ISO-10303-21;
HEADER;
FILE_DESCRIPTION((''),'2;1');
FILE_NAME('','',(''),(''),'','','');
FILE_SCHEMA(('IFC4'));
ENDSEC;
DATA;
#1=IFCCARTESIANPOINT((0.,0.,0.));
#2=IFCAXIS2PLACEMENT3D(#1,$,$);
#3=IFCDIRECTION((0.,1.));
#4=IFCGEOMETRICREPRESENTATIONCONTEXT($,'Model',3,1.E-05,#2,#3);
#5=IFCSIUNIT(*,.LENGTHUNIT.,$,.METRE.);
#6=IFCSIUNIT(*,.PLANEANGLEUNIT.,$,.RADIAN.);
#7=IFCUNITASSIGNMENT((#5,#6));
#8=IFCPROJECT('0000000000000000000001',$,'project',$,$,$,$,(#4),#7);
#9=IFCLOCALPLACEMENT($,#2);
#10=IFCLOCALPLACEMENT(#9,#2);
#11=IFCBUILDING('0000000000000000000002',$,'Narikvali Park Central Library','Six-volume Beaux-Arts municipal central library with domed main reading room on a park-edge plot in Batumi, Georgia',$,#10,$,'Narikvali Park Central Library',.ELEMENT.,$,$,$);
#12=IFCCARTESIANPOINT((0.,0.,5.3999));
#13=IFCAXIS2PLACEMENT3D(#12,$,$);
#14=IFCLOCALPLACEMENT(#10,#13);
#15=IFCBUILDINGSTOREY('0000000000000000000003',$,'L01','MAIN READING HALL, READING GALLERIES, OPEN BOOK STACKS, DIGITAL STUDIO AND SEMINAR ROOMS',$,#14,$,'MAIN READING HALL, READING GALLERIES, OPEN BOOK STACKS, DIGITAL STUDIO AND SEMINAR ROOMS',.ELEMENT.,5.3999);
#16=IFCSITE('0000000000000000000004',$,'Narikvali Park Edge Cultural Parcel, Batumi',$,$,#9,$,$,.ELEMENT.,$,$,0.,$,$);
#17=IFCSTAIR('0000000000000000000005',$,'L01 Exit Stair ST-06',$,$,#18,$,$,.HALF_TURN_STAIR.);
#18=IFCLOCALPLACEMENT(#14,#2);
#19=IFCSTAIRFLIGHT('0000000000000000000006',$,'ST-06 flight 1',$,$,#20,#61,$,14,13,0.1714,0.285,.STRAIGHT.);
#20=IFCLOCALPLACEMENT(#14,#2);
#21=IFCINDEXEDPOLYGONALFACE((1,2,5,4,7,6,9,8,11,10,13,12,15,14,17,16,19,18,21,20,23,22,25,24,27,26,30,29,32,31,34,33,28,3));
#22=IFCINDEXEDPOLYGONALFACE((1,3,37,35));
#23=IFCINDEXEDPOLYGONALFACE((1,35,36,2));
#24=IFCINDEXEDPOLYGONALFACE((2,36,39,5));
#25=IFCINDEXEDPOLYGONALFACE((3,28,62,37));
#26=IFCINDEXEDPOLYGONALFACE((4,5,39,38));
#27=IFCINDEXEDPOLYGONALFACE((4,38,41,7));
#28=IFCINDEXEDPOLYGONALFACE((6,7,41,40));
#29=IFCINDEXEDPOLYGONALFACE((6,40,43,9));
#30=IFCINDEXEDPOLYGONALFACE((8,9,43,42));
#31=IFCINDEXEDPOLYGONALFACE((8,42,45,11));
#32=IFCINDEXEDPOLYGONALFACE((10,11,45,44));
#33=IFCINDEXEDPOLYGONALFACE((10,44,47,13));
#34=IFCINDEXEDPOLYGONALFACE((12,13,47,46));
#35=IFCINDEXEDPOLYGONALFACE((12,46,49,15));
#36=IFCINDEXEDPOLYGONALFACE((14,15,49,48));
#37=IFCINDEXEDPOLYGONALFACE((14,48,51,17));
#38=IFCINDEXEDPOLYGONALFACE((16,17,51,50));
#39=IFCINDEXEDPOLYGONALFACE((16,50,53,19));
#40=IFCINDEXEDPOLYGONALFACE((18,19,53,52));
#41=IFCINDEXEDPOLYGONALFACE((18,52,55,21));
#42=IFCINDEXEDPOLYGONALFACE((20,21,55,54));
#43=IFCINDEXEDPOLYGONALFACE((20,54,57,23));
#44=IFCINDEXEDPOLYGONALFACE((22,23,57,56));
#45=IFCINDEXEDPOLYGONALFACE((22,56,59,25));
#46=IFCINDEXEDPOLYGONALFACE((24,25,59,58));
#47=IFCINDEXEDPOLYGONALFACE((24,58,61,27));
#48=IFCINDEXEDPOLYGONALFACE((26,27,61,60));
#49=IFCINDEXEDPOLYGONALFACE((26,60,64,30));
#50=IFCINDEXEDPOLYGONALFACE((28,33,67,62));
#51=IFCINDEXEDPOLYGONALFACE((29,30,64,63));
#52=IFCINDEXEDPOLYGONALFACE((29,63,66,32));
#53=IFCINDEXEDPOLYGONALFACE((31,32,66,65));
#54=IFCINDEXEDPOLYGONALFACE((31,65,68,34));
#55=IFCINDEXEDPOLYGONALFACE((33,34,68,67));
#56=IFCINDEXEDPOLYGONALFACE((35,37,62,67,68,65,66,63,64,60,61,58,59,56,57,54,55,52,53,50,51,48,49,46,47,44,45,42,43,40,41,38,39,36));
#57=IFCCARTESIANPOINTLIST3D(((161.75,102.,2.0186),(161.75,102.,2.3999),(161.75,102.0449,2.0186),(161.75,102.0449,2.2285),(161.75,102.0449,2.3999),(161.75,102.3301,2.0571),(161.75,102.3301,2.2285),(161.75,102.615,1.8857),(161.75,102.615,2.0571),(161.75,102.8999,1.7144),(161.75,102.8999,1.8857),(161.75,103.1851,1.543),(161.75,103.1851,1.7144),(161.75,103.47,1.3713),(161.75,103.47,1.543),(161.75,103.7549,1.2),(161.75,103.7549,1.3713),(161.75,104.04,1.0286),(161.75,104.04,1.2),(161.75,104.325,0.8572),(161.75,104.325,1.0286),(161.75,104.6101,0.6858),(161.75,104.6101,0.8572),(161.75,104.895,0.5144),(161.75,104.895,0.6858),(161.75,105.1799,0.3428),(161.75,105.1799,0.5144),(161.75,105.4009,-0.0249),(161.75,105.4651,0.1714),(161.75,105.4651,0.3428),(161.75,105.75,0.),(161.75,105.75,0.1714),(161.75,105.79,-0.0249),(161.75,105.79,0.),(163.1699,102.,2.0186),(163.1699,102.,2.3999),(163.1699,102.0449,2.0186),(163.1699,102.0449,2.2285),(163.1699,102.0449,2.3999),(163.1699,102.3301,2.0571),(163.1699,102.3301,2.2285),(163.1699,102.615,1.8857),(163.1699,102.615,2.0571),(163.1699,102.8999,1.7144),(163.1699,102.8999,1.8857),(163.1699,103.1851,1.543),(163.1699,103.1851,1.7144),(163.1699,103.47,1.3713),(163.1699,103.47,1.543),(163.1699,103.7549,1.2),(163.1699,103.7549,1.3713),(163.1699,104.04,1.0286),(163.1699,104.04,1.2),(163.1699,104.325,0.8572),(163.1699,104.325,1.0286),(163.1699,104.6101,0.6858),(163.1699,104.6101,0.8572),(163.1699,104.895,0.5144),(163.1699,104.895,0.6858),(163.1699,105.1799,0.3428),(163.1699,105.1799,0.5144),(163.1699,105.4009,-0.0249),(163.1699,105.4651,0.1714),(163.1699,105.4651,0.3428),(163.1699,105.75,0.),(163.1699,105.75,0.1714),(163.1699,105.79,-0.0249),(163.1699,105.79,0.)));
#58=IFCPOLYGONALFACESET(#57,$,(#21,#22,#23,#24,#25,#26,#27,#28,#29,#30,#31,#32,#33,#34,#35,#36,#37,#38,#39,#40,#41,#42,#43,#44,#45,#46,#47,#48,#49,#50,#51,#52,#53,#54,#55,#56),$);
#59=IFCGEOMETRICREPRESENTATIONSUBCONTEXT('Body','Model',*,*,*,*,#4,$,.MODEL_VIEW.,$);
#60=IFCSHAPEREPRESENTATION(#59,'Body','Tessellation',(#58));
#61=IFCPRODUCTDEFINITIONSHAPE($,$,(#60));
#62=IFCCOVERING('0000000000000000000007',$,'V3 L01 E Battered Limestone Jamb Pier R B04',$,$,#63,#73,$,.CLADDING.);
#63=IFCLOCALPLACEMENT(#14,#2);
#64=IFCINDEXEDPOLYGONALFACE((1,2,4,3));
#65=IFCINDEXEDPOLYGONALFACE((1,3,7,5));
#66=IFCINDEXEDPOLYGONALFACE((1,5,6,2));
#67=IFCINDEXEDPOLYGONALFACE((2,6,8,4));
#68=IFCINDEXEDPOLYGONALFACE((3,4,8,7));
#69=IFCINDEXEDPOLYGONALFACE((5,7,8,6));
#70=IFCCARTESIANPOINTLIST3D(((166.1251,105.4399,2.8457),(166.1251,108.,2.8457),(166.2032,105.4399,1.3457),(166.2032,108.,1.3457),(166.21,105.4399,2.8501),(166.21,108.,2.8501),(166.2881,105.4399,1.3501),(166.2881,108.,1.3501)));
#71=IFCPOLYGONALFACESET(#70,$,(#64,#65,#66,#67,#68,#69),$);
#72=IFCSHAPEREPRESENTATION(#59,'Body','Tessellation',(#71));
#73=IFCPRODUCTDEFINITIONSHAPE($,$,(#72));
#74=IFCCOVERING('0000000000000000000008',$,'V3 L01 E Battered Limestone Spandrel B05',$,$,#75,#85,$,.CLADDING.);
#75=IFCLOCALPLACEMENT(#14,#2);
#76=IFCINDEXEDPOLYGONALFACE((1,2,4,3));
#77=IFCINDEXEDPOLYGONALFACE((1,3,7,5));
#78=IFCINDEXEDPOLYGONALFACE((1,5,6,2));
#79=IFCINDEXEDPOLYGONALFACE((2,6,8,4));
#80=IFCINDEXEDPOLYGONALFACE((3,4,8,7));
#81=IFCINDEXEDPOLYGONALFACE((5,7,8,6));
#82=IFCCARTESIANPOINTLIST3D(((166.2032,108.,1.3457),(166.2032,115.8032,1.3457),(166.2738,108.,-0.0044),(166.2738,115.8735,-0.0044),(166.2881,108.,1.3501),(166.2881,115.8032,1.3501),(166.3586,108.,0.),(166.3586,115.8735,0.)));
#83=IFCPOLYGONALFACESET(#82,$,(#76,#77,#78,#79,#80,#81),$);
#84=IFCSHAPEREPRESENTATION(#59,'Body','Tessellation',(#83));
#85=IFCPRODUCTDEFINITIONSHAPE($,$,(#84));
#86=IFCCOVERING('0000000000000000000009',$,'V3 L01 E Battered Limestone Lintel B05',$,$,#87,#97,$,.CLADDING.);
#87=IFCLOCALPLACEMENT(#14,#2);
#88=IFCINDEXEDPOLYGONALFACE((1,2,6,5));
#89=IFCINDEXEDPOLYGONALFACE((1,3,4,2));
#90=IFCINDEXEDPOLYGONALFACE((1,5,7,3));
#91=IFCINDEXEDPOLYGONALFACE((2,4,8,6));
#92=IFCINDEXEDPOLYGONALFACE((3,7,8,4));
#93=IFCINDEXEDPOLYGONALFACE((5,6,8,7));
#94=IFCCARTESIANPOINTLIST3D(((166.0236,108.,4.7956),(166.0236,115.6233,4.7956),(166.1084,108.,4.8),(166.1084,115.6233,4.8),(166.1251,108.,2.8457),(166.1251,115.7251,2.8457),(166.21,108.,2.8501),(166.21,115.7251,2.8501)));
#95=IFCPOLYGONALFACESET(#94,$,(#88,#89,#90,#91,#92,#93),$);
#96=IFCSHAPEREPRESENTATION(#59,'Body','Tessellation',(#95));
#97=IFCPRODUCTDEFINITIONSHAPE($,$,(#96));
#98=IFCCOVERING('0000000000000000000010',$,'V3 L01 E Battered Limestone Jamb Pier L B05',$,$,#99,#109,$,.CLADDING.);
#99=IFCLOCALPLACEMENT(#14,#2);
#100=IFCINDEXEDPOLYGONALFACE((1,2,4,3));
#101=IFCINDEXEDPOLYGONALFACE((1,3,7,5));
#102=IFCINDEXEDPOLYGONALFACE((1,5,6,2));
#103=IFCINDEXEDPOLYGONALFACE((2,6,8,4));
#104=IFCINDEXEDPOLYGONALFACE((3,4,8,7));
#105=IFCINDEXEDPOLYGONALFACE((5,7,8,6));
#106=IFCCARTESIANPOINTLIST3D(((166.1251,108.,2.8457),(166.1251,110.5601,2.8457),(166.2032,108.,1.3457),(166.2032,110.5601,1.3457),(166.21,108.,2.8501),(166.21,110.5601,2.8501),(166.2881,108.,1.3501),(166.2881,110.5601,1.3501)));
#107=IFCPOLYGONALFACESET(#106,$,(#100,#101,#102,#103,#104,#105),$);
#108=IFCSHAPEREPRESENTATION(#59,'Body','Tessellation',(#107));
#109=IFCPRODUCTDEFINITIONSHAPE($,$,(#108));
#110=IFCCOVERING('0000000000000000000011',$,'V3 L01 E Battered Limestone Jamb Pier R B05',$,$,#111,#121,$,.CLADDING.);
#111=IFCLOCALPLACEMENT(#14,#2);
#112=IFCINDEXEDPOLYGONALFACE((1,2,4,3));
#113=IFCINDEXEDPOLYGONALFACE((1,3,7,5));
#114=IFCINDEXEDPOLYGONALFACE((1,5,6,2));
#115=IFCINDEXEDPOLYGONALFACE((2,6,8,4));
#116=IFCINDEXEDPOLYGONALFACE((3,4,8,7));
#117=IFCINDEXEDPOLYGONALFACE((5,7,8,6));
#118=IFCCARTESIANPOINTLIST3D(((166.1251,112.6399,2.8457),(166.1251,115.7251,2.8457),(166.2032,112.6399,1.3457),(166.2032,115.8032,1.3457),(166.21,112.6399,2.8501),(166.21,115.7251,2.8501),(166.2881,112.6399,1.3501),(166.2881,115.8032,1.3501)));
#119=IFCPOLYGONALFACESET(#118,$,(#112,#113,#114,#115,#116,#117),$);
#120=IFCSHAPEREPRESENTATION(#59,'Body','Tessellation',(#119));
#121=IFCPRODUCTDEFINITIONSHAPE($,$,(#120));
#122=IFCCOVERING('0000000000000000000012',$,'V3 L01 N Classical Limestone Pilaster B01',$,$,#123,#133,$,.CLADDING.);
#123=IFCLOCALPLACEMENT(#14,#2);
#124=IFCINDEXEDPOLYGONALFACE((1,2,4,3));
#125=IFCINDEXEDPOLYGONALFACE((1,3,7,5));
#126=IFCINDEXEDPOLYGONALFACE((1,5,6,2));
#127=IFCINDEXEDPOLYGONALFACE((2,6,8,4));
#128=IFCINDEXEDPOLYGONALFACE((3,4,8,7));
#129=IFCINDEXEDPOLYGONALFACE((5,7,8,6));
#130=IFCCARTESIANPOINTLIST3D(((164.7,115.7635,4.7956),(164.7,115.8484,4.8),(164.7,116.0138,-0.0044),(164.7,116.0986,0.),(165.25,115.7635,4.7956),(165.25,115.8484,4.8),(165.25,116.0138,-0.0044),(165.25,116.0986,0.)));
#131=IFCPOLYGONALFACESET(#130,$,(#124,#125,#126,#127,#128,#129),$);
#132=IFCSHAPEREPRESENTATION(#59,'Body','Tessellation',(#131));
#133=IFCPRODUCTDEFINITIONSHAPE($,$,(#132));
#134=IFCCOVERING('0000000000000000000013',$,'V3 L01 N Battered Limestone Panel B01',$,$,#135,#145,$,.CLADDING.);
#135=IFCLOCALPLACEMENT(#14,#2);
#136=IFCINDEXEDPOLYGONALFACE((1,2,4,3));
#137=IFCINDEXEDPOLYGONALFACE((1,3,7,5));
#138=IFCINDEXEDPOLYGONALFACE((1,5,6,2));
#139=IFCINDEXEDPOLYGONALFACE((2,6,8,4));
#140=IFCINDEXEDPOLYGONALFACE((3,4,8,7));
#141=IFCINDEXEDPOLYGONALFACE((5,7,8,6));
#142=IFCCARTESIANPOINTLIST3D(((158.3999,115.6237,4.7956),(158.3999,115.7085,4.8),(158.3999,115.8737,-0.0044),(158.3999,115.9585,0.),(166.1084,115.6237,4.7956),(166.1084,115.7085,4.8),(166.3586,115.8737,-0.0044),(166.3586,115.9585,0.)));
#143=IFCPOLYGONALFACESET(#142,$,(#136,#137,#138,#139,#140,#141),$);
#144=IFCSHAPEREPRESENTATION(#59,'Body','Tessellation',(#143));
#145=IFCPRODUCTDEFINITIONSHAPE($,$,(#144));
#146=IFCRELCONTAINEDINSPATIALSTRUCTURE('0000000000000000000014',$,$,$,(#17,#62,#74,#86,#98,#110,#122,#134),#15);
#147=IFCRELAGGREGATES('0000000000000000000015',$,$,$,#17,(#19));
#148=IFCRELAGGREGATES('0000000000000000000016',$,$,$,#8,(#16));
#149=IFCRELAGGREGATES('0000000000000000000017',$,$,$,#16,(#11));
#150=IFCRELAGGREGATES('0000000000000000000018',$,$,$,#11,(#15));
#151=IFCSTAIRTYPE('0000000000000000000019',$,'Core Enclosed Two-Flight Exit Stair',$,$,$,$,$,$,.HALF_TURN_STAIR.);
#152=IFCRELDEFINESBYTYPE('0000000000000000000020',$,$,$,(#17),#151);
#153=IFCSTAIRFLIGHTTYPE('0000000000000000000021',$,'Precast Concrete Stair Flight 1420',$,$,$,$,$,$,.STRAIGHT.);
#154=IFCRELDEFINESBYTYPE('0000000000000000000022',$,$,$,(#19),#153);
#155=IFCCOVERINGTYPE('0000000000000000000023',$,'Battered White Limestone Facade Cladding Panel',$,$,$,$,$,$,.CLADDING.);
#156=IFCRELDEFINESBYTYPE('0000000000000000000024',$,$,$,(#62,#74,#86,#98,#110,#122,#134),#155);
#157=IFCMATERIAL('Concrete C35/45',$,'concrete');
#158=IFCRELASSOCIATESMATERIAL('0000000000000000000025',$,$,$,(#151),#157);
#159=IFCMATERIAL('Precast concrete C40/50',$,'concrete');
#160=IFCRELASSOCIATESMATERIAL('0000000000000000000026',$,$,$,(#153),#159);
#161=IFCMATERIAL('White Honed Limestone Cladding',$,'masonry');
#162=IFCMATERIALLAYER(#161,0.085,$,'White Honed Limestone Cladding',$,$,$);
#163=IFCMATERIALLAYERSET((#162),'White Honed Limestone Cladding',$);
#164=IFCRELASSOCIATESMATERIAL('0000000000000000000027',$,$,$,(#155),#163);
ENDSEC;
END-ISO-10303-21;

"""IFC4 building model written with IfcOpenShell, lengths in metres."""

from ifc_helpers import new_model, si_unit, direction, frame, origin, place, context, subcontext, project, spatial, polyline, outline, extrude, material, layer, layer_set, type_object, element, aggregate, save


model = new_model("IFC4")

# Units and contexts
model_context = context("Model", 3, precision=1e-05, world=origin(), true_north=direction((0.0, 1.0)))
body_context = subcontext(model_context, "Body", "Model", "MODEL_VIEW")
ifc_project = project(units=[si_unit("LENGTHUNIT", "METRE"), si_unit("PLANEANGLEUNIT", "RADIAN")], contexts=[model_context])

# Site, building, storey
site_placement = place(None, origin())
site = spatial("IfcSite", under=ifc_project, at=site_placement, Name="Narikvali Park Edge Cultural Parcel, Batumi", CompositionType="ELEMENT", RefElevation=0.0)
building_placement = place(site_placement, origin())
building = spatial("IfcBuilding", under=site, at=building_placement, Name="Narikvali Park Central Library", Description="Six-volume Beaux-Arts municipal central library with domed main reading room on a park-edge plot in Batumi, Georgia", LongName="Narikvali Park Central Library", CompositionType="ELEMENT")
storey_placement = place(building_placement, frame((0.0, 0.0, 5.3999)))
storey = spatial("IfcBuildingStorey", under=building, at=storey_placement, Name="L01", Description="MAIN READING HALL, READING GALLERIES, OPEN BOOK STACKS, DIGITAL STUDIO AND SEMINAR ROOMS", LongName="MAIN READING HALL, READING GALLERIES, OPEN BOOK STACKS, DIGITAL STUDIO AND SEMINAR ROOMS", CompositionType="ELEMENT", Elevation=5.3999)

# Stair, stair flight
ifc_material_1 = material(Name="Concrete C35/45", Category="concrete")
stair_type = type_object("IfcStairType", Name="Core Enclosed Two-Flight Exit Stair", PredefinedType="HALF_TURN_STAIR", material=ifc_material_1)
stair_placement = place(storey_placement, origin())
stair = element("IfcStair", 1, at=stair_placement, inside=storey, type_object=stair_type, Name="L01 Exit Stair ST-06", PredefinedType="HALF_TURN_STAIR")
ifc_material_2 = material(Name="Precast concrete C40/50", Category="concrete")
stair_flight_type = type_object("IfcStairFlightType", Name="Precast Concrete Stair Flight 1420", PredefinedType="STRAIGHT", material=ifc_material_2)
stair_flight_placement = place(storey_placement, frame((162.46, 105.75, 0.0), z_axis=(0.0, 0.0, 1.0), x_axis=(0.0, -1.0, 0.0)))
stair_flight = element("IfcStairFlight", 2, at=stair_flight_placement, type_object=stair_flight_type, Name="ST-06 flight 1", NumberOfRisers=14, NumberOfTreads=13, PredefinedType="STRAIGHT", RiserHeight=0.1714, TreadLength=0.285, context=body_context, shape_type="SweptSolid", body=[
    extrude(outline(polyline([(-0.04, -0.0249), (-0.04, 0.0), (0.0, 0.0), (0.0, 0.1714), (0.2849, 0.1714), (0.2849, 0.3428), (0.5701, 0.3428), (0.5701, 0.5144), (0.855, 0.5144), (0.855, 0.6858), (1.1399, 0.6858), (1.1399, 0.8572), (1.425, 0.8572), (1.425, 1.0286), (1.71, 1.0286), (1.71, 1.2), (1.9951, 1.2), (1.9951, 1.3713), (2.28, 1.3713), (2.28, 1.543), (2.5649, 1.543), (2.5649, 1.7144), (2.8501, 1.7144), (2.8501, 1.8857), (3.135, 1.8857), (3.135, 2.0571), (3.4199, 2.0571), (3.4199, 2.2285), (3.7051, 2.2285), (3.7051, 2.3999), (3.75, 2.3999), (3.75, 2.0186), (3.7051, 2.0186), (0.3491, -0.0249), (-0.04, -0.0249)])), frame((0.0, 0.71, 0.0), z_axis=(0.0, -1.0, 0.0), x_axis=(1.0, 0.0, 0.0)), (0.0, 0.0, 1.0), 1.4199),
])
aggregate(stair, [stair_flight])

# Coverings
ifc_material_3 = material(Name="White Honed Limestone Cladding", Category="masonry")
ifc_layer_1 = layer(ifc_material_3, 0.085, Name="White Honed Limestone Cladding")
ifc_layer_set_1 = layer_set([ifc_layer_1], Name="White Honed Limestone Cladding")
covering_type = type_object("IfcCoveringType", Name="Battered White Limestone Facade Cladding Panel", PredefinedType="CLADDING", material=ifc_layer_set_1)
covering_1_placement = place(storey_placement, frame((166.2881, 105.4399, 1.3501), z_axis=(0.998646, 0.0, 0.052013), x_axis=(0.0, 1.0, 0.0)))
element("IfcCovering", 3, at=covering_1_placement, inside=storey, type_object=covering_type, Name="V3 L01 E Battered Limestone Jamb Pier R B04", PredefinedType="CLADDING", context=body_context, shape_type="SweptSolid", body=[
    extrude(outline(polyline([(0.0, 0.0), (2.5601, 0.0), (2.5601, 1.502), (0.0, 1.502), (0.0, 0.0)])), origin(), (0.0, 0.0, -1.0), 0.085),
])
covering_2_placement = place(storey_placement, frame((166.3586, 108.0, 0.0), z_axis=(0.998637, 0.0, 0.052189), x_axis=(0.0, 1.0, 0.0)))
element("IfcCovering", 4, at=covering_2_placement, inside=storey, type_object=covering_type, Name="V3 L01 E Battered Limestone Spandrel B05", PredefinedType="CLADDING", context=body_context, shape_type="SweptSolid", body=[
    extrude(outline(polyline([(0.0, 0.0), (7.8735, 0.0), (7.8032, 1.3519), (0.0, 1.3519), (0.0, 0.0)])), origin(), (0.0, 0.0, -1.0), 0.085),
])
covering_3_placement = place(storey_placement, frame((166.21, 108.0, 2.8501), z_axis=(0.998646, 0.0, 0.052014), x_axis=(0.0, 1.0, 0.0)))
element("IfcCovering", 5, at=covering_3_placement, inside=storey, type_object=covering_type, Name="V3 L01 E Battered Limestone Lintel B05", PredefinedType="CLADDING", context=body_context, shape_type="SweptSolid", body=[
    extrude(outline(polyline([(0.0, 0.0), (7.7251, 0.0), (7.6233, 1.9526), (0.0, 1.9526), (0.0, 0.0)])), origin(), (0.0, 0.0, -1.0), 0.085),
])
covering_4_placement = place(storey_placement, frame((166.2881, 108.0, 1.3501), z_axis=(0.998646, 0.0, 0.052013), x_axis=(0.0, 1.0, 0.0)))
element("IfcCovering", 6, at=covering_4_placement, inside=storey, type_object=covering_type, Name="V3 L01 E Battered Limestone Jamb Pier L B05", PredefinedType="CLADDING", context=body_context, shape_type="SweptSolid", body=[
    extrude(outline(polyline([(0.0, 0.0), (2.5601, 0.0), (2.5601, 1.502), (0.0, 1.502), (0.0, 0.0)])), origin(), (0.0, 0.0, -1.0), 0.085),
])
covering_5_placement = place(storey_placement, frame((166.2881, 112.6399, 1.3501), z_axis=(0.998646, 0.0, 0.052013), x_axis=(0.0, 1.0, 0.0)))
element("IfcCovering", 7, at=covering_5_placement, inside=storey, type_object=covering_type, Name="V3 L01 E Battered Limestone Jamb Pier R B05", PredefinedType="CLADDING", context=body_context, shape_type="SweptSolid", body=[
    extrude(outline(polyline([(0.0, 0.0), (3.1633, 0.0), (3.0852, 1.502), (0.0, 1.502), (0.0, 0.0)])), origin(), (0.0, 0.0, -1.0), 0.085),
])
covering_6_placement = place(storey_placement, frame((165.25, 116.0986, 0.0), z_axis=(0.0, 0.998644, 0.052063), x_axis=(-1.0, 0.0, 0.0)))
element("IfcCovering", 8, at=covering_6_placement, inside=storey, type_object=covering_type, Name="V3 L01 N Classical Limestone Pilaster B01", PredefinedType="CLADDING", context=body_context, shape_type="SweptSolid", body=[
    extrude(outline(polyline([(0.0, 0.0), (0.55, 0.0), (0.55, 4.8066), (0.0, 4.8066), (0.0, 0.0)])), origin(), (0.0, 0.0, -1.0), 0.085),
])
covering_7_placement = place(storey_placement, frame((166.3586, 115.9585, 0.0), z_axis=(0.0, 0.998646, 0.052012), x_axis=(-1.0, 0.0, 0.0)))
element("IfcCovering", 9, at=covering_7_placement, inside=storey, type_object=covering_type, Name="V3 L01 N Battered Limestone Panel B01", PredefinedType="CLADDING", context=body_context, shape_type="SweptSolid", body=[
    extrude(outline(polyline([(0.0, 0.0), (7.9587, 0.0), (7.9587, 4.8066), (0.2502, 4.8066), (0.0, 0.0)])), origin(), (0.0, 0.0, -1.0), 0.085),
])

save(model, "model.ifc")
